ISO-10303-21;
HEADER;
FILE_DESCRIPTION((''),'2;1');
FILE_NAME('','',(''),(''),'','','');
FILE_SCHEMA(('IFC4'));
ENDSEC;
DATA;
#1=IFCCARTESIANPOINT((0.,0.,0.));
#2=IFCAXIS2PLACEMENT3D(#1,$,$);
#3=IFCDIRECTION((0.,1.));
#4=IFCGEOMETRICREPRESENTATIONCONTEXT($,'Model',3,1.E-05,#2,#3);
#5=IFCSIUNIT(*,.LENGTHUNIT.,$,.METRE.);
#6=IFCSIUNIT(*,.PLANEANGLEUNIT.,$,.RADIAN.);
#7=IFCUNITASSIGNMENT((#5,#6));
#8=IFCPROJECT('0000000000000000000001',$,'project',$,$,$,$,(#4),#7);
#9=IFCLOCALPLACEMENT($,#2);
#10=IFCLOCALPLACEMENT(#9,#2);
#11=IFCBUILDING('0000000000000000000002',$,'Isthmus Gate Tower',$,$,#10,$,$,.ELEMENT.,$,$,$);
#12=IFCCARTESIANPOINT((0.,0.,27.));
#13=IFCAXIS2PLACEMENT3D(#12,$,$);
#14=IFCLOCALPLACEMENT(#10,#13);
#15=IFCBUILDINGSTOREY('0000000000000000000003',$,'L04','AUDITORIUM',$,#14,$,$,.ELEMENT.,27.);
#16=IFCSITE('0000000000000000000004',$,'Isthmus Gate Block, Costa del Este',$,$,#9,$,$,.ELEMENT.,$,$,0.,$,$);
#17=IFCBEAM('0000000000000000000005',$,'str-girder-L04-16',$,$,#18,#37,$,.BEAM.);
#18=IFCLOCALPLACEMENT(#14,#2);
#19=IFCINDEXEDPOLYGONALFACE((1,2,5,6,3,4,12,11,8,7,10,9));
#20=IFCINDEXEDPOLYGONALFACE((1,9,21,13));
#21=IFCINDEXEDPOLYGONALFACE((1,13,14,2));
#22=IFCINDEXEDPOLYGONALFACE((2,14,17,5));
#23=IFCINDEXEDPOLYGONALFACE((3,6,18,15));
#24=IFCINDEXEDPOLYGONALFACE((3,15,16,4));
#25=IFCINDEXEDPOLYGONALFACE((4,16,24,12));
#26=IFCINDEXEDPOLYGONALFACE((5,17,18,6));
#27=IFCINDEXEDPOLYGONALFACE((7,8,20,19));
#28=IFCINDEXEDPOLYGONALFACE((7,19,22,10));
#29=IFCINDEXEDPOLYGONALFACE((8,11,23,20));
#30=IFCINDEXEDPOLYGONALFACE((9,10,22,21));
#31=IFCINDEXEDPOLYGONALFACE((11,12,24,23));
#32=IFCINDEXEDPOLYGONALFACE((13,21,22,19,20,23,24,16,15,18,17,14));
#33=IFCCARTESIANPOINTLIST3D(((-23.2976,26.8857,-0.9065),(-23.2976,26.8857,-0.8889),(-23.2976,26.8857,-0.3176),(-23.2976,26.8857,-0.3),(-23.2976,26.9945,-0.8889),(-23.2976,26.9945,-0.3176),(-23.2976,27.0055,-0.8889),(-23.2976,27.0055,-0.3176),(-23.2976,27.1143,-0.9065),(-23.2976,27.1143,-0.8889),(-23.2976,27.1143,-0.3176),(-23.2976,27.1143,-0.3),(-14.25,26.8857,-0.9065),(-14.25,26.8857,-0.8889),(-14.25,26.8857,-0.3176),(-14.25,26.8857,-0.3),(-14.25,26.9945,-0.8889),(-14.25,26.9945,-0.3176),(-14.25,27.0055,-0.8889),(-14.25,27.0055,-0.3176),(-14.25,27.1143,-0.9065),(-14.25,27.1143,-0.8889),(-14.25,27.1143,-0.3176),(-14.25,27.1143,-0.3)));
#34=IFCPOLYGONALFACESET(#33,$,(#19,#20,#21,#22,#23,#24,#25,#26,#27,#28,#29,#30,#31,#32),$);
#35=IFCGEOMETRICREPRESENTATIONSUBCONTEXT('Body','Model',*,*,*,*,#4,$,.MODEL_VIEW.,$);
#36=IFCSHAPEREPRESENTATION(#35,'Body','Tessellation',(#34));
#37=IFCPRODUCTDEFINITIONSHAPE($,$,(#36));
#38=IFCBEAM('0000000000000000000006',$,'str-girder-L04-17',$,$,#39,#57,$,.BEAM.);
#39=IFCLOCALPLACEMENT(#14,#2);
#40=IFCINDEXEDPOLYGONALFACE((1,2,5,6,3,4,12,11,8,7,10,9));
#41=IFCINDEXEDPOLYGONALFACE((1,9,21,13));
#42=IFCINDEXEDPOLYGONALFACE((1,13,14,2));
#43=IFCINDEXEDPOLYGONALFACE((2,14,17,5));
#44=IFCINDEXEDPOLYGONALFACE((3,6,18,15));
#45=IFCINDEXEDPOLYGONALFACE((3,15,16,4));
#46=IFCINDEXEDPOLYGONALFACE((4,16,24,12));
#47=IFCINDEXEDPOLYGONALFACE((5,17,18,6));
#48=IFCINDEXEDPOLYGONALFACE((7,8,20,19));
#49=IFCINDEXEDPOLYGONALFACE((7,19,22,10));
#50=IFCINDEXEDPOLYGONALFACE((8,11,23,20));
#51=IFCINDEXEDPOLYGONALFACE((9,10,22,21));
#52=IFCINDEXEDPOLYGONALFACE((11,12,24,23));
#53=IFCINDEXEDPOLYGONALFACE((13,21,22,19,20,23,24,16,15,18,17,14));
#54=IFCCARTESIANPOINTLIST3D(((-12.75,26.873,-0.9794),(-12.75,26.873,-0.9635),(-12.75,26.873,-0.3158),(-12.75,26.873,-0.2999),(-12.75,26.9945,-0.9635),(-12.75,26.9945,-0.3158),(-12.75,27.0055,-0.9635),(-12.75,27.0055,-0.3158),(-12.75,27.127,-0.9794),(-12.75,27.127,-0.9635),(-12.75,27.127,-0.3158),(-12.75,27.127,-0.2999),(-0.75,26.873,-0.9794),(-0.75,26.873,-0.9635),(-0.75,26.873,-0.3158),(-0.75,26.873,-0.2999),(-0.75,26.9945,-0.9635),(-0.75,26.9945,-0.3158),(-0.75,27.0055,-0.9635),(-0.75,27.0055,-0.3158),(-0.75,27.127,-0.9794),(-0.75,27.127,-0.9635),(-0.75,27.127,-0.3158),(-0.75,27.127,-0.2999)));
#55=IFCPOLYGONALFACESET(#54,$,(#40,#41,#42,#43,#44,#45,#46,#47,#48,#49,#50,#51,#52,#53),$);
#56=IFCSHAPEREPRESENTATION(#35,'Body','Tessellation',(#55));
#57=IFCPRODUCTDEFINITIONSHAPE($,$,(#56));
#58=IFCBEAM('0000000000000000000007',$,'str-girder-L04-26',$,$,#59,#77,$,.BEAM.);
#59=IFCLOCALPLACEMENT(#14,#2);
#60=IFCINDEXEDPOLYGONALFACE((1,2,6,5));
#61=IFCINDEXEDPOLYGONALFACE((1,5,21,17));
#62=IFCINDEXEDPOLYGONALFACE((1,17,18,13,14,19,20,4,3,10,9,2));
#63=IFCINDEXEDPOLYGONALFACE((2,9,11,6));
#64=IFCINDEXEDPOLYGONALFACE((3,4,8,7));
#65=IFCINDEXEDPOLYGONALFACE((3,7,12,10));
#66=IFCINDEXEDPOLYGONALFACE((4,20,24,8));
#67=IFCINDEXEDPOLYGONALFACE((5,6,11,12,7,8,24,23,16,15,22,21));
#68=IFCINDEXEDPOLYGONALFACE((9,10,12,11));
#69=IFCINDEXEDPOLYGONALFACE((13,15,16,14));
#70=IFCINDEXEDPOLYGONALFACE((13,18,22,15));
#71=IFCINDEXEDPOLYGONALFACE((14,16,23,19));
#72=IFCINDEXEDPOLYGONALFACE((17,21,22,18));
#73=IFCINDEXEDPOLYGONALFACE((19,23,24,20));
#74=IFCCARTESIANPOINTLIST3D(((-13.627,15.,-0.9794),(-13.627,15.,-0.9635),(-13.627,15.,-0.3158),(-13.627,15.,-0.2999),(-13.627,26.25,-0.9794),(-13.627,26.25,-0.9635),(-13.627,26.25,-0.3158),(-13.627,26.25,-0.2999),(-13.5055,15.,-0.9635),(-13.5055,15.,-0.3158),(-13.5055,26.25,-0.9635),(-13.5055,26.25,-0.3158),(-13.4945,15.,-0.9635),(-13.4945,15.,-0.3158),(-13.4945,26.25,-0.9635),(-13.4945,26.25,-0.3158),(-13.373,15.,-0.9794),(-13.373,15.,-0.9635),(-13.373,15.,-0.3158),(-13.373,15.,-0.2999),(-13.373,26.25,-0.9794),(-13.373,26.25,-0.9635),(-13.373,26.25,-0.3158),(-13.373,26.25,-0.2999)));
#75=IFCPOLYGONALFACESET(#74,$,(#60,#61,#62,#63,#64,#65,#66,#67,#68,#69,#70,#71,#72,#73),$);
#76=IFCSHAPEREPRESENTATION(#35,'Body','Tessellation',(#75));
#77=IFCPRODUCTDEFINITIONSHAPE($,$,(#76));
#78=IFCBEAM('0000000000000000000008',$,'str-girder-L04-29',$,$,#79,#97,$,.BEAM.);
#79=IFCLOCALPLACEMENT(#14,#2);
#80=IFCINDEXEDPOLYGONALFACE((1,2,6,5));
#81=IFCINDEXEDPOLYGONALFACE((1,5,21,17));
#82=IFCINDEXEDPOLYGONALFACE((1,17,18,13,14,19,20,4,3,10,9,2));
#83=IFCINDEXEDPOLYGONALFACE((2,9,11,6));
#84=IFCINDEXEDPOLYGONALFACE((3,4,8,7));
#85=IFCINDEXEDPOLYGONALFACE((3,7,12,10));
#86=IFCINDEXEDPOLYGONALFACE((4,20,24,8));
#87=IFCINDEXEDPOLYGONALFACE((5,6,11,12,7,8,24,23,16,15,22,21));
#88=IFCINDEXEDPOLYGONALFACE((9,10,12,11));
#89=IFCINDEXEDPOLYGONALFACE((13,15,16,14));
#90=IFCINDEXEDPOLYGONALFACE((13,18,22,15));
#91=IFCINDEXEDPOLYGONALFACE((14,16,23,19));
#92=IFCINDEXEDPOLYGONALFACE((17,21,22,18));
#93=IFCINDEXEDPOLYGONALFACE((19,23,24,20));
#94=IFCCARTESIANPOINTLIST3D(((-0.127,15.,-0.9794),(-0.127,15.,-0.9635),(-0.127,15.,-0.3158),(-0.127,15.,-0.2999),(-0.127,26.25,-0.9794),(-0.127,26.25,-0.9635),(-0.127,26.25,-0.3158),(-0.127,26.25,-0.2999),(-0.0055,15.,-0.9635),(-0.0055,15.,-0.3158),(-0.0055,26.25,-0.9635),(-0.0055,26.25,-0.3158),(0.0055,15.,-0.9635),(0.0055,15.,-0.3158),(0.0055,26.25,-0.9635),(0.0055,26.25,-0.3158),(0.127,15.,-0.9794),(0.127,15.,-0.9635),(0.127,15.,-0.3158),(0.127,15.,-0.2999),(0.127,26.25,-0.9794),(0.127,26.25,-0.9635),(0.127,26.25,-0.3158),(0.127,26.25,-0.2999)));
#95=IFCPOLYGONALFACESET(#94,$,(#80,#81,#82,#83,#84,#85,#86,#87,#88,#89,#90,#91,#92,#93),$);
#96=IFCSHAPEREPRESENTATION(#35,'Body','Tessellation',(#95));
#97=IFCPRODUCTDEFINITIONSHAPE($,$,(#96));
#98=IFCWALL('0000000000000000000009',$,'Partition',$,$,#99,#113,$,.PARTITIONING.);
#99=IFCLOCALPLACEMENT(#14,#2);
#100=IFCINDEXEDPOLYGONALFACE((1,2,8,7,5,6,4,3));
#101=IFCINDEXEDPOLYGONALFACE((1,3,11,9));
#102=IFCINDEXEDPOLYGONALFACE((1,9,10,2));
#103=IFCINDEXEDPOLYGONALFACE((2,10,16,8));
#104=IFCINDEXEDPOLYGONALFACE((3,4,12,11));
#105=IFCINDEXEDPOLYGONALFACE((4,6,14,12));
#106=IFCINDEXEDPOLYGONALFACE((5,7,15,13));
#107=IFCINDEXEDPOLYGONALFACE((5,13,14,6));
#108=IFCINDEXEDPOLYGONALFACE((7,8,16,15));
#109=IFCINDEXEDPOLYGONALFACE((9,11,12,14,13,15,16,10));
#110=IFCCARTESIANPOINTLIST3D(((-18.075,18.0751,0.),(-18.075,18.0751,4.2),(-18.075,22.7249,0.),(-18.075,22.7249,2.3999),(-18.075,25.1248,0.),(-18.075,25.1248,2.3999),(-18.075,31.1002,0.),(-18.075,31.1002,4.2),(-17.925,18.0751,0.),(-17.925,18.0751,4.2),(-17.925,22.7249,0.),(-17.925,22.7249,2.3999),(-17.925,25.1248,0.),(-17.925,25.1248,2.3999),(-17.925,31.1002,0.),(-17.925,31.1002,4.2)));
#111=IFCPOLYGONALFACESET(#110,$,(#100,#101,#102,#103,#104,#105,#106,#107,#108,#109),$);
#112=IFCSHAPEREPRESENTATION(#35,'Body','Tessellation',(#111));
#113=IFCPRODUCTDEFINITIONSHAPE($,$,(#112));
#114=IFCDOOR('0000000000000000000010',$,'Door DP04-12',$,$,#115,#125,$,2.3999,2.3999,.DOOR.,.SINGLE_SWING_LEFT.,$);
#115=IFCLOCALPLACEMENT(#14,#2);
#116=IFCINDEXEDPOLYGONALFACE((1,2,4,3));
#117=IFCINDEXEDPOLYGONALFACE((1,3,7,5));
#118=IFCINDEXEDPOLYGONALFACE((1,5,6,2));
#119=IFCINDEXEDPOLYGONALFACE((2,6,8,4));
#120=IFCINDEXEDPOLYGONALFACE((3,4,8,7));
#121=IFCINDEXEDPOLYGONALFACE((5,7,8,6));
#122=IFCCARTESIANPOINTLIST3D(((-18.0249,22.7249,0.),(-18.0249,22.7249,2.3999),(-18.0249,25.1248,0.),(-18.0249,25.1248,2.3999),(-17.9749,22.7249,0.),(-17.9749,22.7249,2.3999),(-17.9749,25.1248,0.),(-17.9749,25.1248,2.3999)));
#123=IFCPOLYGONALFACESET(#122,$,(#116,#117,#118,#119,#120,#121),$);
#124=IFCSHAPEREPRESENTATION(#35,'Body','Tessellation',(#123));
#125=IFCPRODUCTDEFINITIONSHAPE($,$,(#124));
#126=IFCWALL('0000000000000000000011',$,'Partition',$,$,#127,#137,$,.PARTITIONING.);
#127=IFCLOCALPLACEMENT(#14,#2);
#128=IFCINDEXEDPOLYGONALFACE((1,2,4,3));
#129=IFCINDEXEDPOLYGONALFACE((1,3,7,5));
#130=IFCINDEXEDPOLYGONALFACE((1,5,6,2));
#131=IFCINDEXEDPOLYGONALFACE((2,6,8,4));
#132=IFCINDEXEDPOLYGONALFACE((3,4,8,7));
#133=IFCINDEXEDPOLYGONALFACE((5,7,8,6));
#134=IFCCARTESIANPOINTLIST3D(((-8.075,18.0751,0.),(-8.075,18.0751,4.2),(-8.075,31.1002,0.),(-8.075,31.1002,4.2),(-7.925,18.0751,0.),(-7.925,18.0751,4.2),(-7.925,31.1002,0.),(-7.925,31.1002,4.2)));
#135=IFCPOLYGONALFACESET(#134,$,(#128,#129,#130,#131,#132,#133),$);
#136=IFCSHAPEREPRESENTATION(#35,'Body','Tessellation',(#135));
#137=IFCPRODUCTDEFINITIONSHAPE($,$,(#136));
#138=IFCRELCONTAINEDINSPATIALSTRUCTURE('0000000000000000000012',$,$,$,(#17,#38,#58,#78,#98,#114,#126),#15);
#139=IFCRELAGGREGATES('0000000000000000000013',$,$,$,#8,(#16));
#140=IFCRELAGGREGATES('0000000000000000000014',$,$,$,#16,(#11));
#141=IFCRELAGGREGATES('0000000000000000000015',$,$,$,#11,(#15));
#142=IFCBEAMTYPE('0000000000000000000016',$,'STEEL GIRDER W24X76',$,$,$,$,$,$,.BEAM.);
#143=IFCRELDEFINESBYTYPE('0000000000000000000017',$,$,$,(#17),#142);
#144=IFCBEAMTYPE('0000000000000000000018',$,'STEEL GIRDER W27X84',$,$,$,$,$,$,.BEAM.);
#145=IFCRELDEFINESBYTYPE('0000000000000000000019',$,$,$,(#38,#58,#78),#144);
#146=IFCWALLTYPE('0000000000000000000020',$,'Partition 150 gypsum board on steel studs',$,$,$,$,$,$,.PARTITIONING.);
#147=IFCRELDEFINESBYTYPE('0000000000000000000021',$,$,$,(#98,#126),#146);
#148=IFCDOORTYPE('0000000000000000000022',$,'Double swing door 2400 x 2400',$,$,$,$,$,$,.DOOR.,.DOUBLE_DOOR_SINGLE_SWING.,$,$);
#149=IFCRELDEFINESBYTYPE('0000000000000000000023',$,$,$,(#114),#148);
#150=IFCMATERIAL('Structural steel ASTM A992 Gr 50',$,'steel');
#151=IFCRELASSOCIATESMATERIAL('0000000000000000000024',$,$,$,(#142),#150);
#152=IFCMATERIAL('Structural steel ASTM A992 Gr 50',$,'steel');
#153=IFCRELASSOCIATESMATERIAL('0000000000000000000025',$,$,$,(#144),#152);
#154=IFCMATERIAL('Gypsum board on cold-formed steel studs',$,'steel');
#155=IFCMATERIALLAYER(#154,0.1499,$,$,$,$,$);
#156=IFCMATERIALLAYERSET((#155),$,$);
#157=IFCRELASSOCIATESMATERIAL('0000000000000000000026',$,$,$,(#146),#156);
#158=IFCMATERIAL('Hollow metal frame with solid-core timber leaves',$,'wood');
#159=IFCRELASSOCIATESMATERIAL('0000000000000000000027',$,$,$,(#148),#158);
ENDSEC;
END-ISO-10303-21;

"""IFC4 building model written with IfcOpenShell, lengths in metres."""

from ifc_helpers import new_model, si_unit, direction, frame, frame_2d, origin, origin_2d, place, context, subcontext, project, spatial, rectangle, i_section, extrude, material, layer, layer_set, material_profile, profile_set, type_object, element, fill, save


model = new_model("IFC4")

# Units and contexts
model_context = context("Model", 3, precision=1e-05, world=origin(), true_north=direction((0.0, 1.0)))
body_context = subcontext(model_context, "Body", "Model", "MODEL_VIEW")
ifc_project = project(units=[si_unit("LENGTHUNIT", "METRE"), si_unit("PLANEANGLEUNIT", "RADIAN")], contexts=[model_context])

# Site, building, storey
site_placement = place(None, origin())
site = spatial("IfcSite", under=ifc_project, at=site_placement, Name="Isthmus Gate Block, Costa del Este", CompositionType="ELEMENT", RefElevation=0.0)
building_placement = place(site_placement, origin())
building = spatial("IfcBuilding", under=site, at=building_placement, Name="Isthmus Gate Tower", CompositionType="ELEMENT")
storey_placement = place(building_placement, frame((0.0, 0.0, 27.0)))
storey = spatial("IfcBuildingStorey", under=building, at=storey_placement, Name="L04", Description="AUDITORIUM", CompositionType="ELEMENT", Elevation=27.0)

# Beams
ifc_material_1 = material(Name="Structural steel ASTM A992 Gr 50", Category="steel")
ifc_material_profile_1 = material_profile(ifc_material_1, i_section(OverallWidth=0.2285, OverallDepth=0.6064, WebThickness=0.011, FlangeThickness=0.0176, at=origin_2d()), Name="W24X76")
ifc_profile_set_1 = profile_set([ifc_material_profile_1], Name="Structural steel ASTM A992 Gr 50")
beam_type_1 = type_object("IfcBeamType", Name="STEEL GIRDER W24X76", PredefinedType="BEAM", material=ifc_profile_set_1)
beam_1_placement = place(storey_placement, frame((-23.2976, 27.0, -0.6033), z_axis=(1.0, 0.0, 0.0), x_axis=(0.0, 1.0, 0.0)))
element("IfcBeam", 1, at=beam_1_placement, inside=storey, type_object=beam_type_1, Name="str-girder-L04-16", PredefinedType="BEAM", context=body_context, shape_type="SweptSolid", body=[
    extrude(i_section(OverallWidth=0.2285, OverallDepth=0.6064, WebThickness=0.011, FlangeThickness=0.0176, at=origin_2d()), origin(), (0.0, 0.0, 1.0), 9.0476),
])
ifc_material_2 = material(Name="Structural steel ASTM A992 Gr 50", Category="steel")
ifc_material_profile_2 = material_profile(ifc_material_2, i_section(OverallWidth=0.2539, OverallDepth=0.6794, WebThickness=0.011, FlangeThickness=0.0159, at=origin_2d()), Name="W27X84")
ifc_profile_set_2 = profile_set([ifc_material_profile_2], Name="Structural steel ASTM A992 Gr 50")
beam_type_2 = type_object("IfcBeamType", Name="STEEL GIRDER W27X84", PredefinedType="BEAM", material=ifc_profile_set_2)
beam_2_placement = place(storey_placement, frame((-12.75, 27.0, -0.6396), z_axis=(1.0, 0.0, 0.0), x_axis=(0.0, 1.0, 0.0)))
element("IfcBeam", 2, at=beam_2_placement, inside=storey, type_object=beam_type_2, Name="str-girder-L04-17", PredefinedType="BEAM", context=body_context, shape_type="SweptSolid", body=[
    extrude(i_section(OverallWidth=0.2539, OverallDepth=0.6794, WebThickness=0.011, FlangeThickness=0.0159, at=origin_2d()), origin(), (0.0, 0.0, 1.0), 12.0),
])
for number, where, z_axis, x_axis, name in (
    (3, (-13.5, 15.0, -0.6396), (0.0, 1.0, 0.0), (-1.0, 0.0, 0.0), "str-girder-L04-26"),
    (4, (0.0, 15.0, -0.6396), (0.0, 1.0, 0.0), (-1.0, 0.0, 0.0), "str-girder-L04-29"),
):
    element("IfcBeam", number, at=place(storey_placement, frame(where, z_axis=z_axis, x_axis=x_axis)), inside=storey, type_object=beam_type_2, Name=name, PredefinedType="BEAM", context=body_context, shape_type="SweptSolid", body=[
        extrude(i_section(OverallWidth=0.2539, OverallDepth=0.6794, WebThickness=0.011, FlangeThickness=0.0159, at=origin_2d()), origin(), (0.0, 0.0, 1.0), 11.25),
    ])

# Wall, opening, door
ifc_material_3 = material(Name="Gypsum board on cold-formed steel studs", Category="steel")
ifc_layer = layer(ifc_material_3, 0.1499)
ifc_layer_set = layer_set([ifc_layer])
wall_type = type_object("IfcWallType", Name="Partition 150 gypsum board on steel studs", PredefinedType="PARTITIONING", material=ifc_layer_set)
wall_1_placement = place(storey_placement, frame((-18.0, 18.075, 0.0), z_axis=(0.0, 0.0, 1.0), x_axis=(0.0, 1.0, 0.0)))
wall_1 = element("IfcWall", 5, at=wall_1_placement, inside=storey, type_object=wall_type, Name="Partition", PredefinedType="PARTITIONING", context=body_context, shape_type="SweptSolid", body=[
    extrude(rectangle(XDim=13.0251, YDim=0.1499, at=frame_2d((6.5127, 0.0))), origin(), (0.0, 0.0, 1.0), 4.2),
])
opening_placement = place(wall_1_placement, frame((4.6499, 0.0, 0.0)))
opening = element("IfcOpeningElement", 6, at=opening_placement, cuts=wall_1, PredefinedType="OPENING", context=body_context, shape_type="SweptSolid", body=[
    extrude(rectangle(XDim=2.3999, YDim=2.3999, at=frame_2d((1.2, 1.2))), frame((0.0, 0.085, 0.0), z_axis=(0.0, -1.0, 0.0), x_axis=(1.0, 0.0, 0.0)), (0.0, 0.0, 1.0), 0.1699),
])
ifc_material_4 = material(Name="Hollow metal frame with solid-core timber leaves", Category="wood")
door_type = type_object("IfcDoorType", Name="Double swing door 2400 x 2400", OperationType="DOUBLE_DOOR_SINGLE_SWING", PredefinedType="DOOR", material=ifc_material_4)
door_placement = place(opening_placement, origin())
door = element("IfcDoor", 7, at=door_placement, inside=storey, type_object=door_type, Name="Door DP04-12", OperationType="SINGLE_SWING_LEFT", OverallHeight=2.3999, OverallWidth=2.3999, PredefinedType="DOOR", context=body_context, shape_type="SweptSolid", body=[
    extrude(rectangle(XDim=2.3999, YDim=2.3999, at=frame_2d((1.2, 1.2))), frame((0.0, 0.0249, 0.0), z_axis=(0.0, -1.0, 0.0), x_axis=(1.0, 0.0, 0.0)), (0.0, 0.0, 1.0), 0.05),
])
fill(opening, door)

# Wall
wall_2_placement = place(storey_placement, frame((-8.0, 18.075, 0.0), z_axis=(0.0, 0.0, 1.0), x_axis=(0.0, 1.0, 0.0)))
element("IfcWall", 8, at=wall_2_placement, inside=storey, type_object=wall_type, Name="Partition", PredefinedType="PARTITIONING", context=body_context, shape_type="SweptSolid", body=[
    extrude(rectangle(XDim=13.0251, YDim=0.1499, at=frame_2d((6.5127, 0.0))), origin(), (0.0, 0.0, 1.0), 4.2),
])

save(model, "model.ifc")
